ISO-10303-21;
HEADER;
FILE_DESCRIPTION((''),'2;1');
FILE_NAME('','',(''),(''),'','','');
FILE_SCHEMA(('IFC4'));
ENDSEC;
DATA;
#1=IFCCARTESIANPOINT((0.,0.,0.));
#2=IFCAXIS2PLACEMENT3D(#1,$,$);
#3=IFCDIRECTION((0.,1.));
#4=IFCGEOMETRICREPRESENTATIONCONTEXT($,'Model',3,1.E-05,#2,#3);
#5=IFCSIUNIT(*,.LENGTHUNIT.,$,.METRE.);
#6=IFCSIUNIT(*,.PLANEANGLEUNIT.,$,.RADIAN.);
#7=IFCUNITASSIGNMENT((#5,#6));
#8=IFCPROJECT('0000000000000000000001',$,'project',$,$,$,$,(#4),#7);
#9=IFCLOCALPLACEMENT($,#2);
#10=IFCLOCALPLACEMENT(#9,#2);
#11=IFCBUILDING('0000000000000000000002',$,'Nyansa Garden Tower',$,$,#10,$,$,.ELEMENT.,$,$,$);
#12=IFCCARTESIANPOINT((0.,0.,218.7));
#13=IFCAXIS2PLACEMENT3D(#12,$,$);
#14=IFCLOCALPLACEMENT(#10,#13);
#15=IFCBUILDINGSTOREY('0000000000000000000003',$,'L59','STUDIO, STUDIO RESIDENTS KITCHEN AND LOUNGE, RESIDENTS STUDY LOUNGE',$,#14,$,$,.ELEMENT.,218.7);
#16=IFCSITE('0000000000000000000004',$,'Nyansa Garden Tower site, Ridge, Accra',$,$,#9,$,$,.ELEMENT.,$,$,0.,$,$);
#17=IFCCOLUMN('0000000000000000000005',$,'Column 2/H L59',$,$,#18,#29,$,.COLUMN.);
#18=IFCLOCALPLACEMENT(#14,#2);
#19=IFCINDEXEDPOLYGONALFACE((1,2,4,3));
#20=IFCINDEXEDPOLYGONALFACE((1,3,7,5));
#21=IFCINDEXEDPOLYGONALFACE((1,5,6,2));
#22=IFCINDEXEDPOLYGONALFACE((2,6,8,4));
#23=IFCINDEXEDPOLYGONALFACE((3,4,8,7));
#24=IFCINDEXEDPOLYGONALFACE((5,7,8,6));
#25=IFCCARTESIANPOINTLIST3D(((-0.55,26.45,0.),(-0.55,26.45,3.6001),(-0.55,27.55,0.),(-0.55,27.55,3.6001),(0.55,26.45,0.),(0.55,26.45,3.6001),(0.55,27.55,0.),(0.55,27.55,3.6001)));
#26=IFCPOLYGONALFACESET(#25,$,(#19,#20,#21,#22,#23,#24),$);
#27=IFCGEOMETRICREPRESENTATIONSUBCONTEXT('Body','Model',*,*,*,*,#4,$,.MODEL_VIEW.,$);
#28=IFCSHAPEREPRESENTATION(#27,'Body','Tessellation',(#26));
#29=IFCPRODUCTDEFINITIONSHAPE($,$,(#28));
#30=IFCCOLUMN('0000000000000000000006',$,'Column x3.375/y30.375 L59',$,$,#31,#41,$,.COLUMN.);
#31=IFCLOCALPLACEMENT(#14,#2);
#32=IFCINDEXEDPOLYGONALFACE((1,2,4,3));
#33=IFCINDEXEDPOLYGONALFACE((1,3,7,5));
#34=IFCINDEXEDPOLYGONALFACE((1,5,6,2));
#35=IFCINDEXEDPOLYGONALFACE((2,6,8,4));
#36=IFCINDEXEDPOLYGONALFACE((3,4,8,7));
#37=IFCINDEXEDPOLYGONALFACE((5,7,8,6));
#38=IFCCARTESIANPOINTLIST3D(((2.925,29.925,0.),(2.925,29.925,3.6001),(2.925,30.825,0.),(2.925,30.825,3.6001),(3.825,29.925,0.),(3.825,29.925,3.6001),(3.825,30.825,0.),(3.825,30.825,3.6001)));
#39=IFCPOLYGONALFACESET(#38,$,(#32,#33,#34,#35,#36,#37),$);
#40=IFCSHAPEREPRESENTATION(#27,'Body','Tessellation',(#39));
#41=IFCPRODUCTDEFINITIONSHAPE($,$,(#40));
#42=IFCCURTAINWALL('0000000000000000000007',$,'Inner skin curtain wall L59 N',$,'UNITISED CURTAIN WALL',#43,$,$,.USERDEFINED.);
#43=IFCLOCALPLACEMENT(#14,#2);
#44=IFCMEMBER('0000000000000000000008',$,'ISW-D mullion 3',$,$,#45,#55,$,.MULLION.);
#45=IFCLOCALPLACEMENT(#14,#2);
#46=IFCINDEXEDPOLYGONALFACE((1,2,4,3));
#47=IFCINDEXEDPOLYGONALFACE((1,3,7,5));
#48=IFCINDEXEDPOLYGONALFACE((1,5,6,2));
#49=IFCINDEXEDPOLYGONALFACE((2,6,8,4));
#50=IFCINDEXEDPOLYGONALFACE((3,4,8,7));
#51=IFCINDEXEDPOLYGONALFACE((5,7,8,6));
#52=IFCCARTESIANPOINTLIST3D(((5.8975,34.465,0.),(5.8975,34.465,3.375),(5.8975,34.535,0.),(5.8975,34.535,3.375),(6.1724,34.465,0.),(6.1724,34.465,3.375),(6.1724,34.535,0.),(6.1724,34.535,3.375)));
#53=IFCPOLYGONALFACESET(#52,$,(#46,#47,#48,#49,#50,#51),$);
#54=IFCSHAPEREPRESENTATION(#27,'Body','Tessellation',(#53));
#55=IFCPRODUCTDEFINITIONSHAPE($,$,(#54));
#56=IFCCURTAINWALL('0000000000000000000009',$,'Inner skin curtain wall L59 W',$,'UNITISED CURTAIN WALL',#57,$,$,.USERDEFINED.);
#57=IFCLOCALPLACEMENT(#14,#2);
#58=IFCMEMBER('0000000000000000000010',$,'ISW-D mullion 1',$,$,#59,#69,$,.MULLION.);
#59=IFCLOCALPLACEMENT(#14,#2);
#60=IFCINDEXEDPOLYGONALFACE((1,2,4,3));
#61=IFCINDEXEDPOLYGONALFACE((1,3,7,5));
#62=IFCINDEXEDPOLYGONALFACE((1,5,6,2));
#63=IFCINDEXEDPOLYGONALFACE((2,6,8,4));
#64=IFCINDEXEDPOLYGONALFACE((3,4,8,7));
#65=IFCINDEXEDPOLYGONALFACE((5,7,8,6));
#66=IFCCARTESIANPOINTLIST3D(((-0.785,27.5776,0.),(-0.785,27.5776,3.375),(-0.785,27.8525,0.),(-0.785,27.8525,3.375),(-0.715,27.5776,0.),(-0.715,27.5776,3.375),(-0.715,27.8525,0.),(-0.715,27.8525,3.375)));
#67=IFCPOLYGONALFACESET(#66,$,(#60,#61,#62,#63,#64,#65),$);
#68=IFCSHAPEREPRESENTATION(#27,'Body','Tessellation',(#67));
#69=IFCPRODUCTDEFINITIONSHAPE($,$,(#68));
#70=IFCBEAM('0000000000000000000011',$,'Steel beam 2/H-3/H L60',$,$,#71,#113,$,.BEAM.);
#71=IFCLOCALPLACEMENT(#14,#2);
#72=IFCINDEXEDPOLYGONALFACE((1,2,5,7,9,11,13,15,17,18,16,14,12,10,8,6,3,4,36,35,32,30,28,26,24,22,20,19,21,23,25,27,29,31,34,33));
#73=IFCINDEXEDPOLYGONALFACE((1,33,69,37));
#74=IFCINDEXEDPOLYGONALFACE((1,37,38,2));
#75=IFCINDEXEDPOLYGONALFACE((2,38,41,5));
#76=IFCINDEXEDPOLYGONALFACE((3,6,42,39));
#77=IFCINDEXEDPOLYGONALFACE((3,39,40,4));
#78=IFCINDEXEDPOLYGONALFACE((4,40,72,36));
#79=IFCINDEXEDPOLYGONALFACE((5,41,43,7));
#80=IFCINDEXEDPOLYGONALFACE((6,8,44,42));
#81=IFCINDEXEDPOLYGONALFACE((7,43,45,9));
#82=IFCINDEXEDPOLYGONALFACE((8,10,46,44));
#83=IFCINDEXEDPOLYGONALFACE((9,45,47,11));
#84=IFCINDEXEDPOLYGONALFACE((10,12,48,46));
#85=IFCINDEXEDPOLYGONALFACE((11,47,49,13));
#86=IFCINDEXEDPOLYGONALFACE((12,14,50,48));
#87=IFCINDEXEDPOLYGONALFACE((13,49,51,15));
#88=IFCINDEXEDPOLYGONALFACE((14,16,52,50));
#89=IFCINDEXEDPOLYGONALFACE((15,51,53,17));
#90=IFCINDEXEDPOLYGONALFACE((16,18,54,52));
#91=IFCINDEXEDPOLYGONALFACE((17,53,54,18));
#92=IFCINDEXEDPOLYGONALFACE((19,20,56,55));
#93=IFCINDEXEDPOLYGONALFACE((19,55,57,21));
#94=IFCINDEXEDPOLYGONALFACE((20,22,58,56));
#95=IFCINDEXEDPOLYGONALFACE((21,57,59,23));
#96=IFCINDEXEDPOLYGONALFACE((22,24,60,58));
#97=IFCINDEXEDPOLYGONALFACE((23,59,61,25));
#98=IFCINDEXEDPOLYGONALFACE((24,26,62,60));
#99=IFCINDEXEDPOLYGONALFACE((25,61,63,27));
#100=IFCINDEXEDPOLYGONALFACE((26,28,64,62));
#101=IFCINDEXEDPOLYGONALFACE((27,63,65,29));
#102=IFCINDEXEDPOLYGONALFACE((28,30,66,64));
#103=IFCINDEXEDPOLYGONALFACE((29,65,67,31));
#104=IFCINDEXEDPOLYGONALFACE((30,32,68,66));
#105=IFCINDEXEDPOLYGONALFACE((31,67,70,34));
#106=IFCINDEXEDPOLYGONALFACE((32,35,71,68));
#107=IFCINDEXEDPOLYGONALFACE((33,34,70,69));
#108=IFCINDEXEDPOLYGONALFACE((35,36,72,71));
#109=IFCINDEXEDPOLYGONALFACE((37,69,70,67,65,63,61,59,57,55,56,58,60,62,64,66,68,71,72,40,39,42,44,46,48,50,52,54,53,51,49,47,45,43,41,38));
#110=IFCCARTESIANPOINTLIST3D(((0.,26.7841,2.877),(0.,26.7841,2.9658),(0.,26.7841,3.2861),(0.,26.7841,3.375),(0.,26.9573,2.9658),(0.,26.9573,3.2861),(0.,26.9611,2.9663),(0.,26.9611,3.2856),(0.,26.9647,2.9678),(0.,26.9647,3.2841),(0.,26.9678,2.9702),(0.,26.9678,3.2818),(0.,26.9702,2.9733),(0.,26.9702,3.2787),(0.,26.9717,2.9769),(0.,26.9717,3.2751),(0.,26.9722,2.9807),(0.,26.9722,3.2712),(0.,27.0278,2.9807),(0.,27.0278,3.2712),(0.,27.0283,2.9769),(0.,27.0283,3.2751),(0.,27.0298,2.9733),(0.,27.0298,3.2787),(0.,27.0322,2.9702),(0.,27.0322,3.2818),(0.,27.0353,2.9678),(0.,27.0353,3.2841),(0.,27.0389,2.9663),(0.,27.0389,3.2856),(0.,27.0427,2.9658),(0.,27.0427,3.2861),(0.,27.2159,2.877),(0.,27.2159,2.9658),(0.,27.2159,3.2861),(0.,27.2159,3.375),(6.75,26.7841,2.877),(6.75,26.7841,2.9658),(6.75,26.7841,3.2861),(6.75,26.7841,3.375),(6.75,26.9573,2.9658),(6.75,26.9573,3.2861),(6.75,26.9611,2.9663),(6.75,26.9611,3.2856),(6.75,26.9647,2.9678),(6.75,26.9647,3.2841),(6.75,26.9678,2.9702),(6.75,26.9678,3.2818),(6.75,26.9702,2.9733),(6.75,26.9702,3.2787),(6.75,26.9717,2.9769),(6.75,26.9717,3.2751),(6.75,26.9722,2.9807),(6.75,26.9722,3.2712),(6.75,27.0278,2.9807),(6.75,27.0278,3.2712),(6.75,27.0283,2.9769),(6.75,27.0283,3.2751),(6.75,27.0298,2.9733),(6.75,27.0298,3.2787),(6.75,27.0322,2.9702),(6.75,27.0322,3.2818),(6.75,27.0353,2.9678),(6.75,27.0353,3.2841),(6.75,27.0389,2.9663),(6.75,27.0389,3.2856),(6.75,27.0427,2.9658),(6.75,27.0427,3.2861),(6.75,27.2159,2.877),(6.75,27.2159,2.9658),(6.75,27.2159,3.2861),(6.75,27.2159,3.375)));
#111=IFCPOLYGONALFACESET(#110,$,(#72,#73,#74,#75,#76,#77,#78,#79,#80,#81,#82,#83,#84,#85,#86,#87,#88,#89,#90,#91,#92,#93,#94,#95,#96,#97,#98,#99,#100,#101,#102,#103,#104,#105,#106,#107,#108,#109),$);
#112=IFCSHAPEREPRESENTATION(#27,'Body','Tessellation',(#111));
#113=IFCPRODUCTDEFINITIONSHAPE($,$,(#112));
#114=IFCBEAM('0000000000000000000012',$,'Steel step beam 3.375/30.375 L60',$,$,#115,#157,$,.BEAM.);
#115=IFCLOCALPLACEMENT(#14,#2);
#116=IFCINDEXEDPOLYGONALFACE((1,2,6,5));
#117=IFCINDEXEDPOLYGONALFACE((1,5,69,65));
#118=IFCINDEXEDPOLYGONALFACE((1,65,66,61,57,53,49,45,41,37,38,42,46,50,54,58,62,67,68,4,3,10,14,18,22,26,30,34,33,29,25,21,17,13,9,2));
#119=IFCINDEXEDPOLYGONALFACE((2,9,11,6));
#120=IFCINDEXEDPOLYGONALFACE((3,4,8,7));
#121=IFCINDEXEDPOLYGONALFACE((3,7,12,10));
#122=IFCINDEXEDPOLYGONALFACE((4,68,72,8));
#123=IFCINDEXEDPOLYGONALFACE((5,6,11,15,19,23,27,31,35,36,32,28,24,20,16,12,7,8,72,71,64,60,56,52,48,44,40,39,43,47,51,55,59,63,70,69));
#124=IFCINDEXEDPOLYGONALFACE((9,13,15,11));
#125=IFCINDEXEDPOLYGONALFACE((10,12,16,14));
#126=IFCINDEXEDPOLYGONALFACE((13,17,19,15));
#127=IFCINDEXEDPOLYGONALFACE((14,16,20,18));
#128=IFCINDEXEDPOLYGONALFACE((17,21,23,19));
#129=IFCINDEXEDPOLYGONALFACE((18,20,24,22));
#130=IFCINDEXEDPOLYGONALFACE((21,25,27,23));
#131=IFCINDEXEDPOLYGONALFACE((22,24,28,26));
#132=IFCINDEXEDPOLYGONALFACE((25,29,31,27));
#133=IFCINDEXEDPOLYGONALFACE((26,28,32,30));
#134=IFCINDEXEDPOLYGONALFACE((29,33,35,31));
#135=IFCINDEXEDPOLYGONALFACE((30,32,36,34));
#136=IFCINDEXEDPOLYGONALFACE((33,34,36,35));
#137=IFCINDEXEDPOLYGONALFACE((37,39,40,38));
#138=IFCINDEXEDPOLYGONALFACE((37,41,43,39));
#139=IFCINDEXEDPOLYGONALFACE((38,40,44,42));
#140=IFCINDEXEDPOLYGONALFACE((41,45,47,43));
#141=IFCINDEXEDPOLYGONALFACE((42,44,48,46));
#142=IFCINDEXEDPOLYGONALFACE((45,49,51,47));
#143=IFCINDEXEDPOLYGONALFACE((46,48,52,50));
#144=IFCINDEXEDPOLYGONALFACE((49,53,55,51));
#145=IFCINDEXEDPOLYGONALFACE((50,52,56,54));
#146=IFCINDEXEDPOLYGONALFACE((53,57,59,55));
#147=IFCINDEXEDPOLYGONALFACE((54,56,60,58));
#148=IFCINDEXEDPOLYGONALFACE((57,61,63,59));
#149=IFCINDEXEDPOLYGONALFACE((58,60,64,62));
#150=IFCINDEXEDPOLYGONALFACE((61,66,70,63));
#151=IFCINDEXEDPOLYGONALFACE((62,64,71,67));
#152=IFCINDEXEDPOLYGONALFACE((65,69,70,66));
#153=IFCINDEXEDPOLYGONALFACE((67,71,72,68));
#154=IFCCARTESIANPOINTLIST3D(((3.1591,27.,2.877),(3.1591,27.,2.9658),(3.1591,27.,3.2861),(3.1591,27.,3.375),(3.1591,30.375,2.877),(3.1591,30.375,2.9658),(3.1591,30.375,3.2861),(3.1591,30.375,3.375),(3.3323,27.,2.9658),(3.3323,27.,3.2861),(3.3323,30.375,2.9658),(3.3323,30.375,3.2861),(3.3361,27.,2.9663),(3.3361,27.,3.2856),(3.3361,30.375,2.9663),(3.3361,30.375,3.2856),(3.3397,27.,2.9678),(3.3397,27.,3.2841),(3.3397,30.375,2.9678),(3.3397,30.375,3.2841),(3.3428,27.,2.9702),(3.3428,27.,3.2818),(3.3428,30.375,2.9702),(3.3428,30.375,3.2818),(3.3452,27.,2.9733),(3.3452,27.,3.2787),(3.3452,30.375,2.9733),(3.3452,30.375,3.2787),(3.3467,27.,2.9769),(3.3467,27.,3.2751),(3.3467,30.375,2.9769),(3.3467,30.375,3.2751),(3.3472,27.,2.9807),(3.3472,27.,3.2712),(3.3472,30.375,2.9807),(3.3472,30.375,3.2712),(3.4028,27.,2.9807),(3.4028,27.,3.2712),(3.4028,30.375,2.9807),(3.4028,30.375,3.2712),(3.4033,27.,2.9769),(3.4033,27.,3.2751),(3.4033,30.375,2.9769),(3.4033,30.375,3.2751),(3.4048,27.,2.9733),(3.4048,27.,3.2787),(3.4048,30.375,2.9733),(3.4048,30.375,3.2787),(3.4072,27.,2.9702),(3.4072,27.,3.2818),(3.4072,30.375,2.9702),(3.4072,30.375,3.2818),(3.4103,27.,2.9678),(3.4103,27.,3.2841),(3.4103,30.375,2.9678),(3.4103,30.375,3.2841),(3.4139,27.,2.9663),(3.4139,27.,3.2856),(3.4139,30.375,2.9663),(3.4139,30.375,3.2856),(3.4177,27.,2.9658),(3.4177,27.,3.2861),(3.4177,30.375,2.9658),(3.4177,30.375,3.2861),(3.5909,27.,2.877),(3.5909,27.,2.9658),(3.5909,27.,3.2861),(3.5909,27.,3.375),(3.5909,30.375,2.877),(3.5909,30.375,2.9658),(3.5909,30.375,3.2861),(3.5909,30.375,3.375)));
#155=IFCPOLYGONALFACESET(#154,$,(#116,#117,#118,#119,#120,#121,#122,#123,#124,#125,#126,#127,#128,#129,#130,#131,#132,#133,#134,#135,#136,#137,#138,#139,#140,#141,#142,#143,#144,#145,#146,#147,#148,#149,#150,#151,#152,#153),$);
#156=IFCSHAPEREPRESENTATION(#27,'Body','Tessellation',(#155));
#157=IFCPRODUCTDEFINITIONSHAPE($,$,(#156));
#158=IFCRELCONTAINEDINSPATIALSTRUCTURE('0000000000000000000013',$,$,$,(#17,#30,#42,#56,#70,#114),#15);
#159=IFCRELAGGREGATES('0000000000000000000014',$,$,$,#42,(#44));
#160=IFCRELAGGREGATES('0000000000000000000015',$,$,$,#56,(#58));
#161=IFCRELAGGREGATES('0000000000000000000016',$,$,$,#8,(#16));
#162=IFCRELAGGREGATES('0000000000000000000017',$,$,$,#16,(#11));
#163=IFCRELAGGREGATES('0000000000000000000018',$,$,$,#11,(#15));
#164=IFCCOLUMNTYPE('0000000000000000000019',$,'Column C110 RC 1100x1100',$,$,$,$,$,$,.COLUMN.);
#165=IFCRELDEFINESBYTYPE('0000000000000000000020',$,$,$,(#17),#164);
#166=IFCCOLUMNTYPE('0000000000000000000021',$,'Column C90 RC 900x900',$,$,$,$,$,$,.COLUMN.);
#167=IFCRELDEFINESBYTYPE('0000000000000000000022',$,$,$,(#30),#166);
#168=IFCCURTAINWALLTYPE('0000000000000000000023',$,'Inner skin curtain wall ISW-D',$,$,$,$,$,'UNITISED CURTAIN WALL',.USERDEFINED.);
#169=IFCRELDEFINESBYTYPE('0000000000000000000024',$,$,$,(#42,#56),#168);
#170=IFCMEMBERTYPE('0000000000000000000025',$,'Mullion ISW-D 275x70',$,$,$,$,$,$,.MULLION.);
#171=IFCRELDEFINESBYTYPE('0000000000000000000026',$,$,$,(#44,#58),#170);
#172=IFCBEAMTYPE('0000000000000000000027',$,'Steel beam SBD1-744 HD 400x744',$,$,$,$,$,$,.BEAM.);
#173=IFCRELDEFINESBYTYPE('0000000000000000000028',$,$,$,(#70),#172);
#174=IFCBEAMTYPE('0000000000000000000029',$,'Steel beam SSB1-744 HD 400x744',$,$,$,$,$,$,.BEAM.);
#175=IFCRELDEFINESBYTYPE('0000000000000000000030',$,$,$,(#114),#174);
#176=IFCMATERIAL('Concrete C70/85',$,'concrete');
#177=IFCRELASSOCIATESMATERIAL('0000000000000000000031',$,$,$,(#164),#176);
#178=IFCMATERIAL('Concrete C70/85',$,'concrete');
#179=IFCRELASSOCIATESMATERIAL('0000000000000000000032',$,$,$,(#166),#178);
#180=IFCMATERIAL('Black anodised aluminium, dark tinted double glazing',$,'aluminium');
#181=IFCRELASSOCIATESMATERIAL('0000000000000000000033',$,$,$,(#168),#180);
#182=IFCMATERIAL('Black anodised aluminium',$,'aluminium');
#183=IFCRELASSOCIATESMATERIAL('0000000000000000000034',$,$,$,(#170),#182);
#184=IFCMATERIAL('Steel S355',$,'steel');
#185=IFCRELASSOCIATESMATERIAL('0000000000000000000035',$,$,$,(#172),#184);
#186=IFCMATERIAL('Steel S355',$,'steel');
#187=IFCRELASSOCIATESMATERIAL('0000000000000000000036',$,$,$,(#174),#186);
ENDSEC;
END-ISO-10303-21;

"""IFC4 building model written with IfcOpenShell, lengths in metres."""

from ifc_helpers import new_model, si_unit, direction, frame, origin, origin_2d, place, context, subcontext, project, spatial, rectangle, i_section, extrude, material, material_profile, profile_set, type_object, element, aggregate, save


model = new_model("IFC4")

# Units and contexts
model_context = context("Model", 3, precision=1e-05, world=origin(), true_north=direction((0.0, 1.0)))
body_context = subcontext(model_context, "Body", "Model", "MODEL_VIEW")
ifc_project = project(units=[si_unit("LENGTHUNIT", "METRE"), si_unit("PLANEANGLEUNIT", "RADIAN")], contexts=[model_context])

# Site, building, storey
site_placement = place(None, origin())
site = spatial("IfcSite", under=ifc_project, at=site_placement, Name="Nyansa Garden Tower site, Ridge, Accra", CompositionType="ELEMENT", RefElevation=0.0)
building_placement = place(site_placement, origin())
building = spatial("IfcBuilding", under=site, at=building_placement, Name="Nyansa Garden Tower", CompositionType="ELEMENT")
storey_placement = place(building_placement, frame((0.0, 0.0, 218.7)))
storey = spatial("IfcBuildingStorey", under=building, at=storey_placement, Name="L59", Description="STUDIO, STUDIO RESIDENTS KITCHEN AND LOUNGE, RESIDENTS STUDY LOUNGE", CompositionType="ELEMENT", Elevation=218.7)

# Columns
ifc_material_1 = material(Name="Concrete C70/85", Category="concrete")
ifc_material_profile_1 = material_profile(ifc_material_1, rectangle(XDim=1.1001, YDim=1.1001, at=origin_2d()), Name="RC 1100x1100")
ifc_profile_set_1 = profile_set([ifc_material_profile_1], Name="Concrete C70/85")
column_type_1 = type_object("IfcColumnType", Name="Column C110 RC 1100x1100", PredefinedType="COLUMN", material=ifc_profile_set_1)
column_1_placement = place(storey_placement, frame((0.0, 27.0, 0.0), z_axis=(0.0, 0.0, 1.0), x_axis=(1.0, 0.0, 0.0)))
element("IfcColumn", 1, at=column_1_placement, inside=storey, type_object=column_type_1, Name="Column 2/H L59", PredefinedType="COLUMN", context=body_context, shape_type="SweptSolid", body=[
    extrude(rectangle(XDim=1.1001, YDim=1.1001, at=origin_2d()), origin(), (0.0, 0.0, 1.0), 3.6001),
])
ifc_material_2 = material(Name="Concrete C70/85", Category="concrete")
ifc_material_profile_2 = material_profile(ifc_material_2, rectangle(XDim=0.8999, YDim=0.8999, at=origin_2d()), Name="RC 900x900")
ifc_profile_set_2 = profile_set([ifc_material_profile_2], Name="Concrete C70/85")
column_type_2 = type_object("IfcColumnType", Name="Column C90 RC 900x900", PredefinedType="COLUMN", material=ifc_profile_set_2)
column_2_placement = place(storey_placement, frame((3.375, 30.375, 0.0), z_axis=(0.0, 0.0, 1.0), x_axis=(1.0, 0.0, 0.0)))
element("IfcColumn", 2, at=column_2_placement, inside=storey, type_object=column_type_2, Name="Column x3.375/y30.375 L59", PredefinedType="COLUMN", context=body_context, shape_type="SweptSolid", body=[
    extrude(rectangle(XDim=0.8999, YDim=0.8999, at=origin_2d()), origin(), (0.0, 0.0, 1.0), 3.6001),
])

# Curtain walls, members
ifc_material_3 = material(Name="Black anodised aluminium, dark tinted double glazing", Category="aluminium")
curtain_wall_type = type_object("IfcCurtainWallType", Name="Inner skin curtain wall ISW-D", ElementType="UNITISED CURTAIN WALL", PredefinedType="USERDEFINED", material=ifc_material_3)
curtain_wall_1_placement = place(storey_placement, origin())
curtain_wall_1 = element("IfcCurtainWall", 3, at=curtain_wall_1_placement, inside=storey, type_object=curtain_wall_type, Name="Inner skin curtain wall L59 N", ObjectType="UNITISED CURTAIN WALL", PredefinedType="USERDEFINED")
ifc_material_4 = material(Name="Black anodised aluminium", Category="aluminium")
ifc_material_profile_3 = material_profile(ifc_material_4, rectangle(XDim=0.0701, YDim=0.2749, at=origin_2d()), Name="Mullion 275x70")
ifc_profile_set_3 = profile_set([ifc_material_profile_3], Name="Black anodised aluminium")
member_type_1 = type_object("IfcMemberType", Name="Mullion ISW-D 275x70", PredefinedType="MULLION", material=ifc_profile_set_3)
member_1_placement = place(storey_placement, frame((6.0349, 34.5, 0.0), z_axis=(0.0, 0.0, 1.0), x_axis=(0.0, -1.0, 0.0)))
member_1 = element("IfcMember", 4, at=member_1_placement, type_object=member_type_1, Name="ISW-D mullion 3", PredefinedType="MULLION", context=body_context, shape_type="SweptSolid", body=[
    extrude(rectangle(XDim=0.0701, YDim=0.2749, at=origin_2d()), origin(), (0.0, 0.0, 1.0), 3.375),
])
aggregate(curtain_wall_1, [member_1])
curtain_wall_2_placement = place(storey_placement, origin())
curtain_wall_2 = element("IfcCurtainWall", 5, at=curtain_wall_2_placement, inside=storey, type_object=curtain_wall_type, Name="Inner skin curtain wall L59 W", ObjectType="UNITISED CURTAIN WALL", PredefinedType="USERDEFINED")
member_2_placement = place(storey_placement, frame((-0.75, 27.7151, 0.0), z_axis=(0.0, 0.0, 1.0), x_axis=(1.0, 0.0, 0.0)))
member_2 = element("IfcMember", 6, at=member_2_placement, type_object=member_type_1, Name="ISW-D mullion 1", PredefinedType="MULLION", context=body_context, shape_type="SweptSolid", body=[
    extrude(rectangle(XDim=0.0701, YDim=0.2749, at=origin_2d()), origin(), (0.0, 0.0, 1.0), 3.375),
])

# Beams
ifc_material_5 = material(Name="Steel S355", Category="steel")
ifc_material_profile_4 = material_profile(ifc_material_5, i_section(OverallWidth=0.4319, OverallDepth=0.498, WebThickness=0.0557, FlangeThickness=0.0889, FilletRadius=0.0149, at=origin_2d()), Name="HD 400x744")
ifc_profile_set_4 = profile_set([ifc_material_profile_4], Name="Steel S355")
beam_type_1 = type_object("IfcBeamType", Name="Steel beam SBD1-744 HD 400x744", PredefinedType="BEAM", material=ifc_profile_set_4)
beam_placement = place(storey_placement, frame((0.0, 27.0, 3.126), z_axis=(1.0, 0.0, 0.0), x_axis=(0.0, 1.0, 0.0)))
element("IfcBeam", 7, at=beam_placement, inside=storey, type_object=beam_type_1, Name="Steel beam 2/H-3/H L60", PredefinedType="BEAM", context=body_context, shape_type="SweptSolid", body=[
    extrude(i_section(OverallWidth=0.4319, OverallDepth=0.498, WebThickness=0.0557, FlangeThickness=0.0889, FilletRadius=0.0149, at=origin_2d()), origin(), (0.0, 0.0, 1.0), 6.75),
])
ifc_material_6 = material(Name="Steel S355", Category="steel")
ifc_material_profile_5 = material_profile(ifc_material_6, i_section(OverallWidth=0.4319, OverallDepth=0.498, WebThickness=0.0557, FlangeThickness=0.0889, FilletRadius=0.0149, at=origin_2d()), Name="HD 400x744")
ifc_profile_set_5 = profile_set([ifc_material_profile_5], Name="Steel S355")
beam_type_2 = type_object("IfcBeamType", Name="Steel beam SSB1-744 HD 400x744", PredefinedType="BEAM", material=ifc_profile_set_5)
for number, where, z_axis, x_axis, name in (
    (8, (3.375, 30.375, 3.126), (0.0, -1.0, 0.0), (1.0, 0.0, 0.0), "Steel step beam 3.375/30.375 L60"),
):
    element("IfcBeam", number, at=place(storey_placement, frame(where, z_axis=z_axis, x_axis=x_axis)), inside=storey, type_object=beam_type_2, Name=name, PredefinedType="BEAM", context=body_context, shape_type="SweptSolid", body=[
        extrude(i_section(OverallWidth=0.4319, OverallDepth=0.498, WebThickness=0.0557, FlangeThickness=0.0889, FilletRadius=0.0149, at=origin_2d()), origin(), (0.0, 0.0, 1.0), 3.375),
    ])

aggregate(curtain_wall_2, [member_2])

save(model, "model.ifc")
